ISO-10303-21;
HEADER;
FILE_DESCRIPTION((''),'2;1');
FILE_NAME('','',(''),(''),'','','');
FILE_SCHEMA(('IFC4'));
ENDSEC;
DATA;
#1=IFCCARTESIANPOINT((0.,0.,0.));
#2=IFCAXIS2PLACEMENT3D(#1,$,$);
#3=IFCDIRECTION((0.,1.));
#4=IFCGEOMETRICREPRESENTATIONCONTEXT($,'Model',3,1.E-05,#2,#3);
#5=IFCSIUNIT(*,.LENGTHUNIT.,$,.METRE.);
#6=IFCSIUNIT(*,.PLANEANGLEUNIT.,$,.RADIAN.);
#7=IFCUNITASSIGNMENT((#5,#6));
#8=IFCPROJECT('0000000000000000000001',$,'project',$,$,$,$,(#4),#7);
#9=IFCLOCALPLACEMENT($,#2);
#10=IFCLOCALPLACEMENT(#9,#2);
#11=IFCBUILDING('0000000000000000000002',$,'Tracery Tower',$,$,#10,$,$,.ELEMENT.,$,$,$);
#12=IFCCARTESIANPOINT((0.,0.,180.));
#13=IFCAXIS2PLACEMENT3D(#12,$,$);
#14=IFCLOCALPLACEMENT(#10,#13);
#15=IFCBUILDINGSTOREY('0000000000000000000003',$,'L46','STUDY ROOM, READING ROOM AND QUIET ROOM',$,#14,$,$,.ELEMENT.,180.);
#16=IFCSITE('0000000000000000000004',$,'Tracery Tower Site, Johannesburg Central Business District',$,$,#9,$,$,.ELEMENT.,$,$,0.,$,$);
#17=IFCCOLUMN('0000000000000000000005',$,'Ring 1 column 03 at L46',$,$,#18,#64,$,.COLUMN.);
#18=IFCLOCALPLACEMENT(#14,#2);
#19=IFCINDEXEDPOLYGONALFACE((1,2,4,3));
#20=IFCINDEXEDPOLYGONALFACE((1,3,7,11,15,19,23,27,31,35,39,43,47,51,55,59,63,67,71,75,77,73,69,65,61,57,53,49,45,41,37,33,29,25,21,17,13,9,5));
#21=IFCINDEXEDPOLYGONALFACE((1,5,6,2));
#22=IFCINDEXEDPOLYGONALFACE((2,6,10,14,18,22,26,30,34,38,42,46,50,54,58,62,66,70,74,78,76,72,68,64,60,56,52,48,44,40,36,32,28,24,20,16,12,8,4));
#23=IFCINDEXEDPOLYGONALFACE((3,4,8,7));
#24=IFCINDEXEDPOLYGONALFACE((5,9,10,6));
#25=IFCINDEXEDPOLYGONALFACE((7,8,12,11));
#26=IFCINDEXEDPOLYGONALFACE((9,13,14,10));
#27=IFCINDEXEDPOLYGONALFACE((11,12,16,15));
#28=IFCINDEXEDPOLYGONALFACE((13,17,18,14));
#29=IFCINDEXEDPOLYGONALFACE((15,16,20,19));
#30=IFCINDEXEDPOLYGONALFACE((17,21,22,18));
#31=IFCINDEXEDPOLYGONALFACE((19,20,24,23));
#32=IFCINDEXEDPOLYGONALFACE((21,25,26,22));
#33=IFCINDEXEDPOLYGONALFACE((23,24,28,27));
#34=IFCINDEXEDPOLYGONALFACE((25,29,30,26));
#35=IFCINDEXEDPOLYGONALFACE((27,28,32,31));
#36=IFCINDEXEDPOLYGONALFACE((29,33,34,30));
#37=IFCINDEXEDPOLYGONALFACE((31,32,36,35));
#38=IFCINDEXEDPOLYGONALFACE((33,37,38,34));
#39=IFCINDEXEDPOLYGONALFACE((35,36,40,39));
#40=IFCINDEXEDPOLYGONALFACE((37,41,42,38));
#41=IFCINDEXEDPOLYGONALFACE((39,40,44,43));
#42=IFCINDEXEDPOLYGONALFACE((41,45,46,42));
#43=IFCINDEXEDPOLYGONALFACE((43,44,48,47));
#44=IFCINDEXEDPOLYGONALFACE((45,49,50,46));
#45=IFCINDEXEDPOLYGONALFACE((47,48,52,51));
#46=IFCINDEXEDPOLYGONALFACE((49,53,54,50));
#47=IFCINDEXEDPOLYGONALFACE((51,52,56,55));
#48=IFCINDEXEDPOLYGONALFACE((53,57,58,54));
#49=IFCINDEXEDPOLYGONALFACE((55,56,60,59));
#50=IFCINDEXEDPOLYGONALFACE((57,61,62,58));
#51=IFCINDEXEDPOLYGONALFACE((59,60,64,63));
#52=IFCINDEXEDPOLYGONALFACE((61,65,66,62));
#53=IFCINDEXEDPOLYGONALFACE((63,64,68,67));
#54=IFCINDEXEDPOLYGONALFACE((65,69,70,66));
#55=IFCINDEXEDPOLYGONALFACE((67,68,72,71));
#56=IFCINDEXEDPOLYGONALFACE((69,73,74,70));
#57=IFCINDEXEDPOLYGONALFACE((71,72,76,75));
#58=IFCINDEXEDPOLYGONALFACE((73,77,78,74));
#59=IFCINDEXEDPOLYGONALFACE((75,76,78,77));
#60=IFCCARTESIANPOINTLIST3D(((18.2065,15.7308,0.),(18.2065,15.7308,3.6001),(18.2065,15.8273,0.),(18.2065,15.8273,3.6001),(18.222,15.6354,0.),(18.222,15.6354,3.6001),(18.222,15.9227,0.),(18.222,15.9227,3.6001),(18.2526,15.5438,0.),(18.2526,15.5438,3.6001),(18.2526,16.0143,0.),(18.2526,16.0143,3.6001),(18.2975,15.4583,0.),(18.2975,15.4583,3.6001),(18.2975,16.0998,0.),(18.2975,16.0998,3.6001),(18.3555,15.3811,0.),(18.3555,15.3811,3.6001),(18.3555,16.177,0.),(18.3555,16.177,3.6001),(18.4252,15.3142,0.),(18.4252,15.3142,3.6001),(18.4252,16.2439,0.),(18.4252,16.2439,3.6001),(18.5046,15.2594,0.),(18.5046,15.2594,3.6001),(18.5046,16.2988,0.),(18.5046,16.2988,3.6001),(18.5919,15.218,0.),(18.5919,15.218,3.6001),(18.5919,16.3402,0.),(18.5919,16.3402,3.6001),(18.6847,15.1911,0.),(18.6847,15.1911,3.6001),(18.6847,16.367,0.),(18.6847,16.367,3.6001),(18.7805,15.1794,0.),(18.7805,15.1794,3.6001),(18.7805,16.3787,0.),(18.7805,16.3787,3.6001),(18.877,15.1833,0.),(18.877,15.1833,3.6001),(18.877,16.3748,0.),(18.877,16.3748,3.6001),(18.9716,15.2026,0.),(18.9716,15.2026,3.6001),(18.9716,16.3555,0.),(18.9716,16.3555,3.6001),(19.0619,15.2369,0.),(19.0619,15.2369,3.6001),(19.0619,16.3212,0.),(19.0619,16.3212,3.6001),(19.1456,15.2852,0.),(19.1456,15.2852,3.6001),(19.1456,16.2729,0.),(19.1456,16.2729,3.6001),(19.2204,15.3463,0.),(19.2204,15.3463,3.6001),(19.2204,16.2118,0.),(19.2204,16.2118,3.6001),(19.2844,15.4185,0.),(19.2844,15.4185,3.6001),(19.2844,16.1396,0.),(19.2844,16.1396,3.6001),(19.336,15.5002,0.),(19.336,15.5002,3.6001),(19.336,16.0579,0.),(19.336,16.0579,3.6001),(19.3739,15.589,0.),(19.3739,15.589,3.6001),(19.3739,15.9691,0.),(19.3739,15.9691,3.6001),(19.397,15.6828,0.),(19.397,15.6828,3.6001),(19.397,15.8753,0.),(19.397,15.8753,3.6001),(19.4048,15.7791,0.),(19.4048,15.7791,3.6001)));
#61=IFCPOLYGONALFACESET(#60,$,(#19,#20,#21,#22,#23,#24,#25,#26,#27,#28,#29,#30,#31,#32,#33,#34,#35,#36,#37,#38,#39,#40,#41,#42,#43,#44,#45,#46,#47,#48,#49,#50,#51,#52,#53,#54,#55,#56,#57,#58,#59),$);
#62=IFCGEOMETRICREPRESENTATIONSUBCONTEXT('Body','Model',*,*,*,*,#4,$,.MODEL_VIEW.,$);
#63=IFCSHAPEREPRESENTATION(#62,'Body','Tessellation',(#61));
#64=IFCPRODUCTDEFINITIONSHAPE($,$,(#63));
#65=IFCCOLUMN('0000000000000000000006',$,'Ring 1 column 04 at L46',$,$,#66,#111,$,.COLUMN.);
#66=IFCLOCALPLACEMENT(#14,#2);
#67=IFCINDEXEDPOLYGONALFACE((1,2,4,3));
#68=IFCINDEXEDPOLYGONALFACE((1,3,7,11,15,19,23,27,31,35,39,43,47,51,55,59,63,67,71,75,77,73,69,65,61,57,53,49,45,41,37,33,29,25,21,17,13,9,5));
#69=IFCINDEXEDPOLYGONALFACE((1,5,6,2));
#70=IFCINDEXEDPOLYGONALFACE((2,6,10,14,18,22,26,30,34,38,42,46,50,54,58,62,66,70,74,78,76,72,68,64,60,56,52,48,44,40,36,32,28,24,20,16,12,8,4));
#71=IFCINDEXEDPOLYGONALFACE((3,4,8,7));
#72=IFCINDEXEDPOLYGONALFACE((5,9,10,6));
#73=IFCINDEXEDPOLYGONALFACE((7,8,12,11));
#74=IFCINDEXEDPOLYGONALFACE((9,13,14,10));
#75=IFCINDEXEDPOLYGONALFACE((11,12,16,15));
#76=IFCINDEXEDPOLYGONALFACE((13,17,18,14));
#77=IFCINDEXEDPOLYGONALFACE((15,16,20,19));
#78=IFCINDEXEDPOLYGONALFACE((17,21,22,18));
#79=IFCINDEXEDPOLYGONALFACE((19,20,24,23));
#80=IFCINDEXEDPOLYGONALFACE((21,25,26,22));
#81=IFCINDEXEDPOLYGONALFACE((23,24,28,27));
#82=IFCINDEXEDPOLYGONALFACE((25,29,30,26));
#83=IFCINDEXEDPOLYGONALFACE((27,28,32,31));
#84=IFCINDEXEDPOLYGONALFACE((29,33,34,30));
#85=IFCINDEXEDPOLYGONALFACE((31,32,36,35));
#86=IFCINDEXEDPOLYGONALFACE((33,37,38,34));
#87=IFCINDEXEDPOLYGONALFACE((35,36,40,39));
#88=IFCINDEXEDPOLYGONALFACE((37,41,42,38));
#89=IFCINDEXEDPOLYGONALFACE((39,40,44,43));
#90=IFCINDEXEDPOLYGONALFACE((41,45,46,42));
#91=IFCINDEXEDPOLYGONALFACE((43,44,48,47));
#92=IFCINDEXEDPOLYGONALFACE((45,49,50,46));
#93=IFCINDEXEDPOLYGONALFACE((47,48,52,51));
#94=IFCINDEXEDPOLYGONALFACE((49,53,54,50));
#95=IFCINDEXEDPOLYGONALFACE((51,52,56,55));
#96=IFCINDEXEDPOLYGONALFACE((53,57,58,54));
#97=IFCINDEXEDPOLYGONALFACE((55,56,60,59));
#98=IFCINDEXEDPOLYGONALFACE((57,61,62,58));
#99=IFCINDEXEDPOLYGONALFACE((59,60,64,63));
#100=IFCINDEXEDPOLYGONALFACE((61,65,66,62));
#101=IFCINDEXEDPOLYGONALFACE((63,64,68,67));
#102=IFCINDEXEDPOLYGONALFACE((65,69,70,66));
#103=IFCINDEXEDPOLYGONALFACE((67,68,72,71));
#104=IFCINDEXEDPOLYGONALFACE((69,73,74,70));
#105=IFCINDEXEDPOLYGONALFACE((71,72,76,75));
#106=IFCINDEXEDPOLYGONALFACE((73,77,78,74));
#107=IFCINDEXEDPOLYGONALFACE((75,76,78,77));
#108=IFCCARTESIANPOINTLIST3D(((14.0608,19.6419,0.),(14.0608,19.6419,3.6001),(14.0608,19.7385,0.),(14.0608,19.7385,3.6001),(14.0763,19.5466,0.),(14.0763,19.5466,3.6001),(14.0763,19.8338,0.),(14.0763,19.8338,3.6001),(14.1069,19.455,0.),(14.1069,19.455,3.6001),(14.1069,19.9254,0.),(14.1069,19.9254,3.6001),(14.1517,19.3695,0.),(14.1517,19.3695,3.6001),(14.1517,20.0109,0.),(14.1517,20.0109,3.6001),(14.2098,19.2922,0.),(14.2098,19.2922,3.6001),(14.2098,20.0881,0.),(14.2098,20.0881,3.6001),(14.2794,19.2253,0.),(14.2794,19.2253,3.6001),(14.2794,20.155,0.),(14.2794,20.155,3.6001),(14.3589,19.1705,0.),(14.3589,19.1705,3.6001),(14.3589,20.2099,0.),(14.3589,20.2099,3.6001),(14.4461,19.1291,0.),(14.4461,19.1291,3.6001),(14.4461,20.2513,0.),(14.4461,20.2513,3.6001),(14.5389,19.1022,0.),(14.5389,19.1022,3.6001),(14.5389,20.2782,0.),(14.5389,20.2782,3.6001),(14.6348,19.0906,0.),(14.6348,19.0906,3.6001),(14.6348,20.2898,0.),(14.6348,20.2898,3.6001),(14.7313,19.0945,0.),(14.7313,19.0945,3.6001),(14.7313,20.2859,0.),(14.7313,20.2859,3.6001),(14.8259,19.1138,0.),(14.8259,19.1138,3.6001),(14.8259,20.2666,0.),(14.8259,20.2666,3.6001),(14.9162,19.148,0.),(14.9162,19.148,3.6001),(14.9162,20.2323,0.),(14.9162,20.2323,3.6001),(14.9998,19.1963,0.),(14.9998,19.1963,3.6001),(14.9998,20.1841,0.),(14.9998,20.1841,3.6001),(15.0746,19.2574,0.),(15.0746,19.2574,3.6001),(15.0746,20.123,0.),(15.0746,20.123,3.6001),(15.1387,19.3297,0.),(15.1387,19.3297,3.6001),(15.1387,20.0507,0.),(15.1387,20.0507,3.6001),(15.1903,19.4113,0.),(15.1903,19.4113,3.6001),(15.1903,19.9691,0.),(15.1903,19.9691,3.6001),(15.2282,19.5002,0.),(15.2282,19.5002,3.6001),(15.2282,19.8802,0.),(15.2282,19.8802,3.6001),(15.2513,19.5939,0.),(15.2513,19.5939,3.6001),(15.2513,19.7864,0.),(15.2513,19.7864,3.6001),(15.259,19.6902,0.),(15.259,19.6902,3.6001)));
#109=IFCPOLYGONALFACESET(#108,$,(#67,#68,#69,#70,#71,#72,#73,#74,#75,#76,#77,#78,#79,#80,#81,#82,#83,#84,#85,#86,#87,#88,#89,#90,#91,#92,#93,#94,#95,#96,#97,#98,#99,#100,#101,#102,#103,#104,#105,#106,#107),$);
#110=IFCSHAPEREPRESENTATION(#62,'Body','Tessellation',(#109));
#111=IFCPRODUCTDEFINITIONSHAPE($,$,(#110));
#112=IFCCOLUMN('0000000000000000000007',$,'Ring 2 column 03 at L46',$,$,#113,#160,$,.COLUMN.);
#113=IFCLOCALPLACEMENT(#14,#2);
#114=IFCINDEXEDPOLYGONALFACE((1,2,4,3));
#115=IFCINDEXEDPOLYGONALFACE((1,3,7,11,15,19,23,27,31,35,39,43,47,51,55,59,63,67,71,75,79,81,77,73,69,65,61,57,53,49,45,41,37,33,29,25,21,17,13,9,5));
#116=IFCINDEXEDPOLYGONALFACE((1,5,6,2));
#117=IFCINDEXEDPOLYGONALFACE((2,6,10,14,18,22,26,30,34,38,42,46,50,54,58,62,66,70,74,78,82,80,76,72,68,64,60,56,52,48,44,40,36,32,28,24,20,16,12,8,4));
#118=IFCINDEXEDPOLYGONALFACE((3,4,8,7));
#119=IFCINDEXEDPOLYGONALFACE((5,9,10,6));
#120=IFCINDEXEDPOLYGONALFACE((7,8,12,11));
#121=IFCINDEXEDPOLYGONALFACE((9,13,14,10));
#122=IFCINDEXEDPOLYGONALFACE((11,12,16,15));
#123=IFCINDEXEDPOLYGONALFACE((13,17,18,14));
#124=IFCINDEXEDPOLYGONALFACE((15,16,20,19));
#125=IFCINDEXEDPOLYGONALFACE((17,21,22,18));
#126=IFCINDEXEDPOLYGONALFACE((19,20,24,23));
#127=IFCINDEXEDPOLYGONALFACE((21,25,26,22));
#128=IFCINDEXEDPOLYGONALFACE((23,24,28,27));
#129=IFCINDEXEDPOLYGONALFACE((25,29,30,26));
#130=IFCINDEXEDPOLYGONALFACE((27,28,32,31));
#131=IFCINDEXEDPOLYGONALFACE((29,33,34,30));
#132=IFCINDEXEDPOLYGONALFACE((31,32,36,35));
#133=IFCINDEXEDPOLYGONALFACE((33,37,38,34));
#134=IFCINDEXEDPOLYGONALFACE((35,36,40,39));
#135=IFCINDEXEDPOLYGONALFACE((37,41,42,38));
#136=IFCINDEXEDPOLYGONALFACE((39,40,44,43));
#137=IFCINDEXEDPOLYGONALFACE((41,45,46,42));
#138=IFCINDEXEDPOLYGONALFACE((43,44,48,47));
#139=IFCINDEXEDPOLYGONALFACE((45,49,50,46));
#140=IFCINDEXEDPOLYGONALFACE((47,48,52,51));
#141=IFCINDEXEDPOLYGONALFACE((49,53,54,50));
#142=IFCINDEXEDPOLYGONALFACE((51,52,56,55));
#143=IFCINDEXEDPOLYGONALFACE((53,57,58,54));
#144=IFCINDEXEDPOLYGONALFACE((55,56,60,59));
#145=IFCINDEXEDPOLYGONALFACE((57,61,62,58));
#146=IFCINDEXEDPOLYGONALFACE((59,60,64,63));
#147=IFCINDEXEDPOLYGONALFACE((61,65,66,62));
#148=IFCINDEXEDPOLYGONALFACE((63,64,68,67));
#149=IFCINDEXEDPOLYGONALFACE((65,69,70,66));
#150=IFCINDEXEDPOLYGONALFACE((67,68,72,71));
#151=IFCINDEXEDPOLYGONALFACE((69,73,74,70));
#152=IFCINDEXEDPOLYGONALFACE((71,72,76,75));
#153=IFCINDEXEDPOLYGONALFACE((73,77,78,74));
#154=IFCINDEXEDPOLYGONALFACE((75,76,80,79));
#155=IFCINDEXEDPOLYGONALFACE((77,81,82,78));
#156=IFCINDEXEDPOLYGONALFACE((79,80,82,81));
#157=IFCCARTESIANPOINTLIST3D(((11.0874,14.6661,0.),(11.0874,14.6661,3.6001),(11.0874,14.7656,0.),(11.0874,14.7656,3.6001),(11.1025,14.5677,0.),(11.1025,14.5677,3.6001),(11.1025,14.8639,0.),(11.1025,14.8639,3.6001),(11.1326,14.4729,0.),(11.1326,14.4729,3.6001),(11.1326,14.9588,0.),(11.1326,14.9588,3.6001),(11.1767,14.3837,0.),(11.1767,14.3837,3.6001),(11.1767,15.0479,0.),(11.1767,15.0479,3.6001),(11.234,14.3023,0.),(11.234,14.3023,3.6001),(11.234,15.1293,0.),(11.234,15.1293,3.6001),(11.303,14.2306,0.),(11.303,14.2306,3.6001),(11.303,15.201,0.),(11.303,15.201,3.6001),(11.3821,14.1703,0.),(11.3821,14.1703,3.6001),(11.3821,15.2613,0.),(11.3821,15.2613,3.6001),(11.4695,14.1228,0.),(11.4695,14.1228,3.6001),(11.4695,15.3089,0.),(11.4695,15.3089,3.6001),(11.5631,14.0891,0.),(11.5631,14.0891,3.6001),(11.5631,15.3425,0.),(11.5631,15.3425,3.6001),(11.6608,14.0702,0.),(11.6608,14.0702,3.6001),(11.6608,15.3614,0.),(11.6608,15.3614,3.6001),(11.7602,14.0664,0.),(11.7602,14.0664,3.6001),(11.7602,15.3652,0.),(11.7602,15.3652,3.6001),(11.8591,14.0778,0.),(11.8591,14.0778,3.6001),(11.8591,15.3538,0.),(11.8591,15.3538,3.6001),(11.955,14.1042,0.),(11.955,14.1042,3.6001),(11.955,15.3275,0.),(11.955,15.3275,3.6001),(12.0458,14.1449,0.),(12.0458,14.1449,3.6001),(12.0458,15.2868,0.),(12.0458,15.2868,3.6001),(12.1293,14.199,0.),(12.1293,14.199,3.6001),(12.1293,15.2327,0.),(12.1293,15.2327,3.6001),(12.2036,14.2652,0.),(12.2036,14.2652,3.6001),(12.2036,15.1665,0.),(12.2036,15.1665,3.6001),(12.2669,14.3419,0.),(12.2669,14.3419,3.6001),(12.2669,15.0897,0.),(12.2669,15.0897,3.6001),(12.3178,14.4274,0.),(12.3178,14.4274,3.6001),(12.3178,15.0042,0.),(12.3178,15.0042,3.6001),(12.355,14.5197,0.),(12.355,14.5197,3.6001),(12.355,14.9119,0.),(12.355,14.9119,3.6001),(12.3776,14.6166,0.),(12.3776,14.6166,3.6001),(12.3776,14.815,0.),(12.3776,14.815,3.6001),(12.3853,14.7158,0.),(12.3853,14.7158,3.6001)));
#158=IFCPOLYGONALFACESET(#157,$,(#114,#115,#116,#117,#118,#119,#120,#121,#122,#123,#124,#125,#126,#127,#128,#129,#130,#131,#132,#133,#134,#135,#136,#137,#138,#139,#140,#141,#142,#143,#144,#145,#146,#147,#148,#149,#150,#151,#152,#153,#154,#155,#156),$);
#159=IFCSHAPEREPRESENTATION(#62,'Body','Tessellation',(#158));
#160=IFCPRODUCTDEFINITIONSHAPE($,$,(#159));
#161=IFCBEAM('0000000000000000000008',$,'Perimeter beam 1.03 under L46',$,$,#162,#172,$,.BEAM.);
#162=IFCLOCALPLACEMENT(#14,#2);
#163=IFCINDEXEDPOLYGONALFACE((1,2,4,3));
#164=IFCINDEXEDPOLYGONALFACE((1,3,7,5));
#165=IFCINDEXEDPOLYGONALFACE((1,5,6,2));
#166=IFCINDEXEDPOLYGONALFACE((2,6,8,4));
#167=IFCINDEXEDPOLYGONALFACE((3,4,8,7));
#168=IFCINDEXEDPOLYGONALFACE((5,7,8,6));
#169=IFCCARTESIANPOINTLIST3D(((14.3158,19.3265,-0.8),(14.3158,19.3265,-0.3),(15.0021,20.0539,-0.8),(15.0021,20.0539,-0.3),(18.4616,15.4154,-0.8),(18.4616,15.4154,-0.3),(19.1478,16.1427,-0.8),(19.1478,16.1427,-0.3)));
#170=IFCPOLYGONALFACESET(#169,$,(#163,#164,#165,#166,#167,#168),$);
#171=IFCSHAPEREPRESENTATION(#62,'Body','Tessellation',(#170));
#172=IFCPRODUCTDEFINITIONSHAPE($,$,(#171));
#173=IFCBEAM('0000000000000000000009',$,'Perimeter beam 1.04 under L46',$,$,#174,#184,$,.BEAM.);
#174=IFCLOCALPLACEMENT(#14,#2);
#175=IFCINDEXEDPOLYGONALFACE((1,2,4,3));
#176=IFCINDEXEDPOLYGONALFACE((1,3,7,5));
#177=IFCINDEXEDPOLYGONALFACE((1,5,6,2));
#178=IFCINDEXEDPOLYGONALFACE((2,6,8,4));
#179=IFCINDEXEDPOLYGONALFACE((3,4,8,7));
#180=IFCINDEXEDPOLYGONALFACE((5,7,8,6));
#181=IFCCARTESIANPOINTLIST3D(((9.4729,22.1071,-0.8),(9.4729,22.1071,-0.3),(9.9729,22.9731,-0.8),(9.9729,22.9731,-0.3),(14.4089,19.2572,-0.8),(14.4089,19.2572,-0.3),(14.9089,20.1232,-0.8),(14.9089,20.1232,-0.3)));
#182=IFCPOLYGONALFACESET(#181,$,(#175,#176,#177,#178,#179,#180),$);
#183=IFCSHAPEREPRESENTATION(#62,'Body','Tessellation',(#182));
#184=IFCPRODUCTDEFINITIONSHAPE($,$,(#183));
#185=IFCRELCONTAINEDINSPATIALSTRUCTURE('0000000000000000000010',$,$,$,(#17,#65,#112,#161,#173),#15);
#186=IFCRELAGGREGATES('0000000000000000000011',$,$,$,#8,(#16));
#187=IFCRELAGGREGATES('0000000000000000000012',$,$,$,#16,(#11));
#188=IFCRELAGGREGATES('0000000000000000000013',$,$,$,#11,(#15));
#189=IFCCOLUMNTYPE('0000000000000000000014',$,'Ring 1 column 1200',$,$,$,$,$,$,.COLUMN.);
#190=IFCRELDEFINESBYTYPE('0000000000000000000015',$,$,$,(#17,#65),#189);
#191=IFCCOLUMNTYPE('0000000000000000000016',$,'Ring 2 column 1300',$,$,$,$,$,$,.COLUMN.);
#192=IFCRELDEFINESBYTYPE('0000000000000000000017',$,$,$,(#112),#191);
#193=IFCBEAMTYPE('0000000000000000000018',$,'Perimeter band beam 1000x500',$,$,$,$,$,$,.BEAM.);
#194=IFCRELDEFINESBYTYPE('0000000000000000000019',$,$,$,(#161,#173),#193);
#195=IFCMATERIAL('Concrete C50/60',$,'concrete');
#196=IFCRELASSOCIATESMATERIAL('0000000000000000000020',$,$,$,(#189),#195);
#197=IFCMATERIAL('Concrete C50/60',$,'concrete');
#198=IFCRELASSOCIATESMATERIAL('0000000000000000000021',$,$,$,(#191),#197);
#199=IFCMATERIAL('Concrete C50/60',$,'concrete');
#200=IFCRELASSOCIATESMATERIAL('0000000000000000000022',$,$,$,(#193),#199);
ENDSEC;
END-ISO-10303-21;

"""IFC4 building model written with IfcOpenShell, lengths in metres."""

from ifc_helpers import new_model, si_unit, direction, frame, origin, origin_2d, place, context, subcontext, project, spatial, rectangle, circle, extrude, material, material_profile, profile_set, type_object, element, save


model = new_model("IFC4")

# Units and contexts
model_context = context("Model", 3, precision=1e-05, world=origin(), true_north=direction((0.0, 1.0)))
body_context = subcontext(model_context, "Body", "Model", "MODEL_VIEW")
ifc_project = project(units=[si_unit("LENGTHUNIT", "METRE"), si_unit("PLANEANGLEUNIT", "RADIAN")], contexts=[model_context])

# Site, building, storey
site_placement = place(None, origin())
site = spatial("IfcSite", under=ifc_project, at=site_placement, Name="Tracery Tower Site, Johannesburg Central Business District", CompositionType="ELEMENT", RefElevation=0.0)
building_placement = place(site_placement, origin())
building = spatial("IfcBuilding", under=site, at=building_placement, Name="Tracery Tower", CompositionType="ELEMENT")
storey_placement = place(building_placement, frame((0.0, 0.0, 180.0)))
storey = spatial("IfcBuildingStorey", under=building, at=storey_placement, Name="L46", Description="STUDY ROOM, READING ROOM AND QUIET ROOM", CompositionType="ELEMENT", Elevation=180.0)

# Columns
ifc_material_1 = material(Name="Concrete C50/60", Category="concrete")
ifc_material_profile_1 = material_profile(ifc_material_1, circle(Radius=0.6001, at=origin_2d()), Name="RC D1200")
ifc_profile_set_1 = profile_set([ifc_material_profile_1], Name="Concrete C50/60")
column_type_1 = type_object("IfcColumnType", Name="Ring 1 column 1200", PredefinedType="COLUMN", material=ifc_profile_set_1)
for number, where, z_axis, x_axis, name in (
    (1, (18.8047, 15.7791, 0.0), (0.0, 0.0, 1.0), (1.0, 0.0, 0.0), "Ring 1 column 03 at L46"),
    (2, (14.6589, 19.6902, 0.0), (0.0, 0.0, 1.0), (1.0, 0.0, 0.0), "Ring 1 column 04 at L46"),
):
    element("IfcColumn", number, at=place(storey_placement, frame(where, z_axis=z_axis, x_axis=x_axis)), inside=storey, type_object=column_type_1, Name=name, PredefinedType="COLUMN", context=body_context, shape_type="SweptSolid", body=[
        extrude(circle(Radius=0.6001, at=origin_2d()), origin(), (0.0, 0.0, 1.0), 3.6001),
    ])
ifc_material_2 = material(Name="Concrete C50/60", Category="concrete")
ifc_material_profile_2 = material_profile(ifc_material_2, circle(Radius=0.6499, at=origin_2d()), Name="RC D1300")
ifc_profile_set_2 = profile_set([ifc_material_profile_2], Name="Concrete C50/60")
column_type_2 = type_object("IfcColumnType", Name="Ring 2 column 1300", PredefinedType="COLUMN", material=ifc_profile_set_2)
column_placement = place(storey_placement, frame((11.7354, 14.7158, 0.0), z_axis=(0.0, 0.0, 1.0), x_axis=(1.0, 0.0, 0.0)))
element("IfcColumn", 3, at=column_placement, inside=storey, type_object=column_type_2, Name="Ring 2 column 03 at L46", PredefinedType="COLUMN", context=body_context, shape_type="SweptSolid", body=[
    extrude(circle(Radius=0.6499, at=origin_2d()), origin(), (0.0, 0.0, 1.0), 3.6001),
])

# Beams
ifc_material_3 = material(Name="Concrete C50/60", Category="concrete")
ifc_material_profile_3 = material_profile(ifc_material_3, rectangle(XDim=1.0, YDim=0.5, at=origin_2d()), Name="RC 1000x500")
ifc_profile_set_3 = profile_set([ifc_material_profile_3], Name="Concrete C50/60")
beam_type = type_object("IfcBeamType", Name="Perimeter band beam 1000x500", PredefinedType="BEAM", material=ifc_profile_set_3)
beam_1_placement = place(storey_placement, frame((18.8047, 15.7791, -0.55), z_axis=(-0.72739, 0.686225, 0.0), x_axis=(-0.686225, -0.72739, 0.0)))
element("IfcBeam", 4, at=beam_1_placement, inside=storey, type_object=beam_type, Name="Perimeter beam 1.03 under L46", PredefinedType="BEAM", context=body_context, shape_type="SweptSolid", body=[
    extrude(rectangle(XDim=1.0, YDim=0.5, at=origin_2d()), origin(), (0.0, 0.0, 1.0), 5.6995),
])
beam_2_placement = place(storey_placement, frame((14.6589, 19.6902, -0.55), z_axis=(-0.866023, 0.500004, 0.0), x_axis=(-0.500004, -0.866023, 0.0)))
element("IfcBeam", 5, at=beam_2_placement, inside=storey, type_object=beam_type, Name="Perimeter beam 1.04 under L46", PredefinedType="BEAM", context=body_context, shape_type="SweptSolid", body=[
    extrude(rectangle(XDim=1.0, YDim=0.5, at=origin_2d()), origin(), (0.0, 0.0, 1.0), 5.6997),
])

save(model, "model.ifc")
